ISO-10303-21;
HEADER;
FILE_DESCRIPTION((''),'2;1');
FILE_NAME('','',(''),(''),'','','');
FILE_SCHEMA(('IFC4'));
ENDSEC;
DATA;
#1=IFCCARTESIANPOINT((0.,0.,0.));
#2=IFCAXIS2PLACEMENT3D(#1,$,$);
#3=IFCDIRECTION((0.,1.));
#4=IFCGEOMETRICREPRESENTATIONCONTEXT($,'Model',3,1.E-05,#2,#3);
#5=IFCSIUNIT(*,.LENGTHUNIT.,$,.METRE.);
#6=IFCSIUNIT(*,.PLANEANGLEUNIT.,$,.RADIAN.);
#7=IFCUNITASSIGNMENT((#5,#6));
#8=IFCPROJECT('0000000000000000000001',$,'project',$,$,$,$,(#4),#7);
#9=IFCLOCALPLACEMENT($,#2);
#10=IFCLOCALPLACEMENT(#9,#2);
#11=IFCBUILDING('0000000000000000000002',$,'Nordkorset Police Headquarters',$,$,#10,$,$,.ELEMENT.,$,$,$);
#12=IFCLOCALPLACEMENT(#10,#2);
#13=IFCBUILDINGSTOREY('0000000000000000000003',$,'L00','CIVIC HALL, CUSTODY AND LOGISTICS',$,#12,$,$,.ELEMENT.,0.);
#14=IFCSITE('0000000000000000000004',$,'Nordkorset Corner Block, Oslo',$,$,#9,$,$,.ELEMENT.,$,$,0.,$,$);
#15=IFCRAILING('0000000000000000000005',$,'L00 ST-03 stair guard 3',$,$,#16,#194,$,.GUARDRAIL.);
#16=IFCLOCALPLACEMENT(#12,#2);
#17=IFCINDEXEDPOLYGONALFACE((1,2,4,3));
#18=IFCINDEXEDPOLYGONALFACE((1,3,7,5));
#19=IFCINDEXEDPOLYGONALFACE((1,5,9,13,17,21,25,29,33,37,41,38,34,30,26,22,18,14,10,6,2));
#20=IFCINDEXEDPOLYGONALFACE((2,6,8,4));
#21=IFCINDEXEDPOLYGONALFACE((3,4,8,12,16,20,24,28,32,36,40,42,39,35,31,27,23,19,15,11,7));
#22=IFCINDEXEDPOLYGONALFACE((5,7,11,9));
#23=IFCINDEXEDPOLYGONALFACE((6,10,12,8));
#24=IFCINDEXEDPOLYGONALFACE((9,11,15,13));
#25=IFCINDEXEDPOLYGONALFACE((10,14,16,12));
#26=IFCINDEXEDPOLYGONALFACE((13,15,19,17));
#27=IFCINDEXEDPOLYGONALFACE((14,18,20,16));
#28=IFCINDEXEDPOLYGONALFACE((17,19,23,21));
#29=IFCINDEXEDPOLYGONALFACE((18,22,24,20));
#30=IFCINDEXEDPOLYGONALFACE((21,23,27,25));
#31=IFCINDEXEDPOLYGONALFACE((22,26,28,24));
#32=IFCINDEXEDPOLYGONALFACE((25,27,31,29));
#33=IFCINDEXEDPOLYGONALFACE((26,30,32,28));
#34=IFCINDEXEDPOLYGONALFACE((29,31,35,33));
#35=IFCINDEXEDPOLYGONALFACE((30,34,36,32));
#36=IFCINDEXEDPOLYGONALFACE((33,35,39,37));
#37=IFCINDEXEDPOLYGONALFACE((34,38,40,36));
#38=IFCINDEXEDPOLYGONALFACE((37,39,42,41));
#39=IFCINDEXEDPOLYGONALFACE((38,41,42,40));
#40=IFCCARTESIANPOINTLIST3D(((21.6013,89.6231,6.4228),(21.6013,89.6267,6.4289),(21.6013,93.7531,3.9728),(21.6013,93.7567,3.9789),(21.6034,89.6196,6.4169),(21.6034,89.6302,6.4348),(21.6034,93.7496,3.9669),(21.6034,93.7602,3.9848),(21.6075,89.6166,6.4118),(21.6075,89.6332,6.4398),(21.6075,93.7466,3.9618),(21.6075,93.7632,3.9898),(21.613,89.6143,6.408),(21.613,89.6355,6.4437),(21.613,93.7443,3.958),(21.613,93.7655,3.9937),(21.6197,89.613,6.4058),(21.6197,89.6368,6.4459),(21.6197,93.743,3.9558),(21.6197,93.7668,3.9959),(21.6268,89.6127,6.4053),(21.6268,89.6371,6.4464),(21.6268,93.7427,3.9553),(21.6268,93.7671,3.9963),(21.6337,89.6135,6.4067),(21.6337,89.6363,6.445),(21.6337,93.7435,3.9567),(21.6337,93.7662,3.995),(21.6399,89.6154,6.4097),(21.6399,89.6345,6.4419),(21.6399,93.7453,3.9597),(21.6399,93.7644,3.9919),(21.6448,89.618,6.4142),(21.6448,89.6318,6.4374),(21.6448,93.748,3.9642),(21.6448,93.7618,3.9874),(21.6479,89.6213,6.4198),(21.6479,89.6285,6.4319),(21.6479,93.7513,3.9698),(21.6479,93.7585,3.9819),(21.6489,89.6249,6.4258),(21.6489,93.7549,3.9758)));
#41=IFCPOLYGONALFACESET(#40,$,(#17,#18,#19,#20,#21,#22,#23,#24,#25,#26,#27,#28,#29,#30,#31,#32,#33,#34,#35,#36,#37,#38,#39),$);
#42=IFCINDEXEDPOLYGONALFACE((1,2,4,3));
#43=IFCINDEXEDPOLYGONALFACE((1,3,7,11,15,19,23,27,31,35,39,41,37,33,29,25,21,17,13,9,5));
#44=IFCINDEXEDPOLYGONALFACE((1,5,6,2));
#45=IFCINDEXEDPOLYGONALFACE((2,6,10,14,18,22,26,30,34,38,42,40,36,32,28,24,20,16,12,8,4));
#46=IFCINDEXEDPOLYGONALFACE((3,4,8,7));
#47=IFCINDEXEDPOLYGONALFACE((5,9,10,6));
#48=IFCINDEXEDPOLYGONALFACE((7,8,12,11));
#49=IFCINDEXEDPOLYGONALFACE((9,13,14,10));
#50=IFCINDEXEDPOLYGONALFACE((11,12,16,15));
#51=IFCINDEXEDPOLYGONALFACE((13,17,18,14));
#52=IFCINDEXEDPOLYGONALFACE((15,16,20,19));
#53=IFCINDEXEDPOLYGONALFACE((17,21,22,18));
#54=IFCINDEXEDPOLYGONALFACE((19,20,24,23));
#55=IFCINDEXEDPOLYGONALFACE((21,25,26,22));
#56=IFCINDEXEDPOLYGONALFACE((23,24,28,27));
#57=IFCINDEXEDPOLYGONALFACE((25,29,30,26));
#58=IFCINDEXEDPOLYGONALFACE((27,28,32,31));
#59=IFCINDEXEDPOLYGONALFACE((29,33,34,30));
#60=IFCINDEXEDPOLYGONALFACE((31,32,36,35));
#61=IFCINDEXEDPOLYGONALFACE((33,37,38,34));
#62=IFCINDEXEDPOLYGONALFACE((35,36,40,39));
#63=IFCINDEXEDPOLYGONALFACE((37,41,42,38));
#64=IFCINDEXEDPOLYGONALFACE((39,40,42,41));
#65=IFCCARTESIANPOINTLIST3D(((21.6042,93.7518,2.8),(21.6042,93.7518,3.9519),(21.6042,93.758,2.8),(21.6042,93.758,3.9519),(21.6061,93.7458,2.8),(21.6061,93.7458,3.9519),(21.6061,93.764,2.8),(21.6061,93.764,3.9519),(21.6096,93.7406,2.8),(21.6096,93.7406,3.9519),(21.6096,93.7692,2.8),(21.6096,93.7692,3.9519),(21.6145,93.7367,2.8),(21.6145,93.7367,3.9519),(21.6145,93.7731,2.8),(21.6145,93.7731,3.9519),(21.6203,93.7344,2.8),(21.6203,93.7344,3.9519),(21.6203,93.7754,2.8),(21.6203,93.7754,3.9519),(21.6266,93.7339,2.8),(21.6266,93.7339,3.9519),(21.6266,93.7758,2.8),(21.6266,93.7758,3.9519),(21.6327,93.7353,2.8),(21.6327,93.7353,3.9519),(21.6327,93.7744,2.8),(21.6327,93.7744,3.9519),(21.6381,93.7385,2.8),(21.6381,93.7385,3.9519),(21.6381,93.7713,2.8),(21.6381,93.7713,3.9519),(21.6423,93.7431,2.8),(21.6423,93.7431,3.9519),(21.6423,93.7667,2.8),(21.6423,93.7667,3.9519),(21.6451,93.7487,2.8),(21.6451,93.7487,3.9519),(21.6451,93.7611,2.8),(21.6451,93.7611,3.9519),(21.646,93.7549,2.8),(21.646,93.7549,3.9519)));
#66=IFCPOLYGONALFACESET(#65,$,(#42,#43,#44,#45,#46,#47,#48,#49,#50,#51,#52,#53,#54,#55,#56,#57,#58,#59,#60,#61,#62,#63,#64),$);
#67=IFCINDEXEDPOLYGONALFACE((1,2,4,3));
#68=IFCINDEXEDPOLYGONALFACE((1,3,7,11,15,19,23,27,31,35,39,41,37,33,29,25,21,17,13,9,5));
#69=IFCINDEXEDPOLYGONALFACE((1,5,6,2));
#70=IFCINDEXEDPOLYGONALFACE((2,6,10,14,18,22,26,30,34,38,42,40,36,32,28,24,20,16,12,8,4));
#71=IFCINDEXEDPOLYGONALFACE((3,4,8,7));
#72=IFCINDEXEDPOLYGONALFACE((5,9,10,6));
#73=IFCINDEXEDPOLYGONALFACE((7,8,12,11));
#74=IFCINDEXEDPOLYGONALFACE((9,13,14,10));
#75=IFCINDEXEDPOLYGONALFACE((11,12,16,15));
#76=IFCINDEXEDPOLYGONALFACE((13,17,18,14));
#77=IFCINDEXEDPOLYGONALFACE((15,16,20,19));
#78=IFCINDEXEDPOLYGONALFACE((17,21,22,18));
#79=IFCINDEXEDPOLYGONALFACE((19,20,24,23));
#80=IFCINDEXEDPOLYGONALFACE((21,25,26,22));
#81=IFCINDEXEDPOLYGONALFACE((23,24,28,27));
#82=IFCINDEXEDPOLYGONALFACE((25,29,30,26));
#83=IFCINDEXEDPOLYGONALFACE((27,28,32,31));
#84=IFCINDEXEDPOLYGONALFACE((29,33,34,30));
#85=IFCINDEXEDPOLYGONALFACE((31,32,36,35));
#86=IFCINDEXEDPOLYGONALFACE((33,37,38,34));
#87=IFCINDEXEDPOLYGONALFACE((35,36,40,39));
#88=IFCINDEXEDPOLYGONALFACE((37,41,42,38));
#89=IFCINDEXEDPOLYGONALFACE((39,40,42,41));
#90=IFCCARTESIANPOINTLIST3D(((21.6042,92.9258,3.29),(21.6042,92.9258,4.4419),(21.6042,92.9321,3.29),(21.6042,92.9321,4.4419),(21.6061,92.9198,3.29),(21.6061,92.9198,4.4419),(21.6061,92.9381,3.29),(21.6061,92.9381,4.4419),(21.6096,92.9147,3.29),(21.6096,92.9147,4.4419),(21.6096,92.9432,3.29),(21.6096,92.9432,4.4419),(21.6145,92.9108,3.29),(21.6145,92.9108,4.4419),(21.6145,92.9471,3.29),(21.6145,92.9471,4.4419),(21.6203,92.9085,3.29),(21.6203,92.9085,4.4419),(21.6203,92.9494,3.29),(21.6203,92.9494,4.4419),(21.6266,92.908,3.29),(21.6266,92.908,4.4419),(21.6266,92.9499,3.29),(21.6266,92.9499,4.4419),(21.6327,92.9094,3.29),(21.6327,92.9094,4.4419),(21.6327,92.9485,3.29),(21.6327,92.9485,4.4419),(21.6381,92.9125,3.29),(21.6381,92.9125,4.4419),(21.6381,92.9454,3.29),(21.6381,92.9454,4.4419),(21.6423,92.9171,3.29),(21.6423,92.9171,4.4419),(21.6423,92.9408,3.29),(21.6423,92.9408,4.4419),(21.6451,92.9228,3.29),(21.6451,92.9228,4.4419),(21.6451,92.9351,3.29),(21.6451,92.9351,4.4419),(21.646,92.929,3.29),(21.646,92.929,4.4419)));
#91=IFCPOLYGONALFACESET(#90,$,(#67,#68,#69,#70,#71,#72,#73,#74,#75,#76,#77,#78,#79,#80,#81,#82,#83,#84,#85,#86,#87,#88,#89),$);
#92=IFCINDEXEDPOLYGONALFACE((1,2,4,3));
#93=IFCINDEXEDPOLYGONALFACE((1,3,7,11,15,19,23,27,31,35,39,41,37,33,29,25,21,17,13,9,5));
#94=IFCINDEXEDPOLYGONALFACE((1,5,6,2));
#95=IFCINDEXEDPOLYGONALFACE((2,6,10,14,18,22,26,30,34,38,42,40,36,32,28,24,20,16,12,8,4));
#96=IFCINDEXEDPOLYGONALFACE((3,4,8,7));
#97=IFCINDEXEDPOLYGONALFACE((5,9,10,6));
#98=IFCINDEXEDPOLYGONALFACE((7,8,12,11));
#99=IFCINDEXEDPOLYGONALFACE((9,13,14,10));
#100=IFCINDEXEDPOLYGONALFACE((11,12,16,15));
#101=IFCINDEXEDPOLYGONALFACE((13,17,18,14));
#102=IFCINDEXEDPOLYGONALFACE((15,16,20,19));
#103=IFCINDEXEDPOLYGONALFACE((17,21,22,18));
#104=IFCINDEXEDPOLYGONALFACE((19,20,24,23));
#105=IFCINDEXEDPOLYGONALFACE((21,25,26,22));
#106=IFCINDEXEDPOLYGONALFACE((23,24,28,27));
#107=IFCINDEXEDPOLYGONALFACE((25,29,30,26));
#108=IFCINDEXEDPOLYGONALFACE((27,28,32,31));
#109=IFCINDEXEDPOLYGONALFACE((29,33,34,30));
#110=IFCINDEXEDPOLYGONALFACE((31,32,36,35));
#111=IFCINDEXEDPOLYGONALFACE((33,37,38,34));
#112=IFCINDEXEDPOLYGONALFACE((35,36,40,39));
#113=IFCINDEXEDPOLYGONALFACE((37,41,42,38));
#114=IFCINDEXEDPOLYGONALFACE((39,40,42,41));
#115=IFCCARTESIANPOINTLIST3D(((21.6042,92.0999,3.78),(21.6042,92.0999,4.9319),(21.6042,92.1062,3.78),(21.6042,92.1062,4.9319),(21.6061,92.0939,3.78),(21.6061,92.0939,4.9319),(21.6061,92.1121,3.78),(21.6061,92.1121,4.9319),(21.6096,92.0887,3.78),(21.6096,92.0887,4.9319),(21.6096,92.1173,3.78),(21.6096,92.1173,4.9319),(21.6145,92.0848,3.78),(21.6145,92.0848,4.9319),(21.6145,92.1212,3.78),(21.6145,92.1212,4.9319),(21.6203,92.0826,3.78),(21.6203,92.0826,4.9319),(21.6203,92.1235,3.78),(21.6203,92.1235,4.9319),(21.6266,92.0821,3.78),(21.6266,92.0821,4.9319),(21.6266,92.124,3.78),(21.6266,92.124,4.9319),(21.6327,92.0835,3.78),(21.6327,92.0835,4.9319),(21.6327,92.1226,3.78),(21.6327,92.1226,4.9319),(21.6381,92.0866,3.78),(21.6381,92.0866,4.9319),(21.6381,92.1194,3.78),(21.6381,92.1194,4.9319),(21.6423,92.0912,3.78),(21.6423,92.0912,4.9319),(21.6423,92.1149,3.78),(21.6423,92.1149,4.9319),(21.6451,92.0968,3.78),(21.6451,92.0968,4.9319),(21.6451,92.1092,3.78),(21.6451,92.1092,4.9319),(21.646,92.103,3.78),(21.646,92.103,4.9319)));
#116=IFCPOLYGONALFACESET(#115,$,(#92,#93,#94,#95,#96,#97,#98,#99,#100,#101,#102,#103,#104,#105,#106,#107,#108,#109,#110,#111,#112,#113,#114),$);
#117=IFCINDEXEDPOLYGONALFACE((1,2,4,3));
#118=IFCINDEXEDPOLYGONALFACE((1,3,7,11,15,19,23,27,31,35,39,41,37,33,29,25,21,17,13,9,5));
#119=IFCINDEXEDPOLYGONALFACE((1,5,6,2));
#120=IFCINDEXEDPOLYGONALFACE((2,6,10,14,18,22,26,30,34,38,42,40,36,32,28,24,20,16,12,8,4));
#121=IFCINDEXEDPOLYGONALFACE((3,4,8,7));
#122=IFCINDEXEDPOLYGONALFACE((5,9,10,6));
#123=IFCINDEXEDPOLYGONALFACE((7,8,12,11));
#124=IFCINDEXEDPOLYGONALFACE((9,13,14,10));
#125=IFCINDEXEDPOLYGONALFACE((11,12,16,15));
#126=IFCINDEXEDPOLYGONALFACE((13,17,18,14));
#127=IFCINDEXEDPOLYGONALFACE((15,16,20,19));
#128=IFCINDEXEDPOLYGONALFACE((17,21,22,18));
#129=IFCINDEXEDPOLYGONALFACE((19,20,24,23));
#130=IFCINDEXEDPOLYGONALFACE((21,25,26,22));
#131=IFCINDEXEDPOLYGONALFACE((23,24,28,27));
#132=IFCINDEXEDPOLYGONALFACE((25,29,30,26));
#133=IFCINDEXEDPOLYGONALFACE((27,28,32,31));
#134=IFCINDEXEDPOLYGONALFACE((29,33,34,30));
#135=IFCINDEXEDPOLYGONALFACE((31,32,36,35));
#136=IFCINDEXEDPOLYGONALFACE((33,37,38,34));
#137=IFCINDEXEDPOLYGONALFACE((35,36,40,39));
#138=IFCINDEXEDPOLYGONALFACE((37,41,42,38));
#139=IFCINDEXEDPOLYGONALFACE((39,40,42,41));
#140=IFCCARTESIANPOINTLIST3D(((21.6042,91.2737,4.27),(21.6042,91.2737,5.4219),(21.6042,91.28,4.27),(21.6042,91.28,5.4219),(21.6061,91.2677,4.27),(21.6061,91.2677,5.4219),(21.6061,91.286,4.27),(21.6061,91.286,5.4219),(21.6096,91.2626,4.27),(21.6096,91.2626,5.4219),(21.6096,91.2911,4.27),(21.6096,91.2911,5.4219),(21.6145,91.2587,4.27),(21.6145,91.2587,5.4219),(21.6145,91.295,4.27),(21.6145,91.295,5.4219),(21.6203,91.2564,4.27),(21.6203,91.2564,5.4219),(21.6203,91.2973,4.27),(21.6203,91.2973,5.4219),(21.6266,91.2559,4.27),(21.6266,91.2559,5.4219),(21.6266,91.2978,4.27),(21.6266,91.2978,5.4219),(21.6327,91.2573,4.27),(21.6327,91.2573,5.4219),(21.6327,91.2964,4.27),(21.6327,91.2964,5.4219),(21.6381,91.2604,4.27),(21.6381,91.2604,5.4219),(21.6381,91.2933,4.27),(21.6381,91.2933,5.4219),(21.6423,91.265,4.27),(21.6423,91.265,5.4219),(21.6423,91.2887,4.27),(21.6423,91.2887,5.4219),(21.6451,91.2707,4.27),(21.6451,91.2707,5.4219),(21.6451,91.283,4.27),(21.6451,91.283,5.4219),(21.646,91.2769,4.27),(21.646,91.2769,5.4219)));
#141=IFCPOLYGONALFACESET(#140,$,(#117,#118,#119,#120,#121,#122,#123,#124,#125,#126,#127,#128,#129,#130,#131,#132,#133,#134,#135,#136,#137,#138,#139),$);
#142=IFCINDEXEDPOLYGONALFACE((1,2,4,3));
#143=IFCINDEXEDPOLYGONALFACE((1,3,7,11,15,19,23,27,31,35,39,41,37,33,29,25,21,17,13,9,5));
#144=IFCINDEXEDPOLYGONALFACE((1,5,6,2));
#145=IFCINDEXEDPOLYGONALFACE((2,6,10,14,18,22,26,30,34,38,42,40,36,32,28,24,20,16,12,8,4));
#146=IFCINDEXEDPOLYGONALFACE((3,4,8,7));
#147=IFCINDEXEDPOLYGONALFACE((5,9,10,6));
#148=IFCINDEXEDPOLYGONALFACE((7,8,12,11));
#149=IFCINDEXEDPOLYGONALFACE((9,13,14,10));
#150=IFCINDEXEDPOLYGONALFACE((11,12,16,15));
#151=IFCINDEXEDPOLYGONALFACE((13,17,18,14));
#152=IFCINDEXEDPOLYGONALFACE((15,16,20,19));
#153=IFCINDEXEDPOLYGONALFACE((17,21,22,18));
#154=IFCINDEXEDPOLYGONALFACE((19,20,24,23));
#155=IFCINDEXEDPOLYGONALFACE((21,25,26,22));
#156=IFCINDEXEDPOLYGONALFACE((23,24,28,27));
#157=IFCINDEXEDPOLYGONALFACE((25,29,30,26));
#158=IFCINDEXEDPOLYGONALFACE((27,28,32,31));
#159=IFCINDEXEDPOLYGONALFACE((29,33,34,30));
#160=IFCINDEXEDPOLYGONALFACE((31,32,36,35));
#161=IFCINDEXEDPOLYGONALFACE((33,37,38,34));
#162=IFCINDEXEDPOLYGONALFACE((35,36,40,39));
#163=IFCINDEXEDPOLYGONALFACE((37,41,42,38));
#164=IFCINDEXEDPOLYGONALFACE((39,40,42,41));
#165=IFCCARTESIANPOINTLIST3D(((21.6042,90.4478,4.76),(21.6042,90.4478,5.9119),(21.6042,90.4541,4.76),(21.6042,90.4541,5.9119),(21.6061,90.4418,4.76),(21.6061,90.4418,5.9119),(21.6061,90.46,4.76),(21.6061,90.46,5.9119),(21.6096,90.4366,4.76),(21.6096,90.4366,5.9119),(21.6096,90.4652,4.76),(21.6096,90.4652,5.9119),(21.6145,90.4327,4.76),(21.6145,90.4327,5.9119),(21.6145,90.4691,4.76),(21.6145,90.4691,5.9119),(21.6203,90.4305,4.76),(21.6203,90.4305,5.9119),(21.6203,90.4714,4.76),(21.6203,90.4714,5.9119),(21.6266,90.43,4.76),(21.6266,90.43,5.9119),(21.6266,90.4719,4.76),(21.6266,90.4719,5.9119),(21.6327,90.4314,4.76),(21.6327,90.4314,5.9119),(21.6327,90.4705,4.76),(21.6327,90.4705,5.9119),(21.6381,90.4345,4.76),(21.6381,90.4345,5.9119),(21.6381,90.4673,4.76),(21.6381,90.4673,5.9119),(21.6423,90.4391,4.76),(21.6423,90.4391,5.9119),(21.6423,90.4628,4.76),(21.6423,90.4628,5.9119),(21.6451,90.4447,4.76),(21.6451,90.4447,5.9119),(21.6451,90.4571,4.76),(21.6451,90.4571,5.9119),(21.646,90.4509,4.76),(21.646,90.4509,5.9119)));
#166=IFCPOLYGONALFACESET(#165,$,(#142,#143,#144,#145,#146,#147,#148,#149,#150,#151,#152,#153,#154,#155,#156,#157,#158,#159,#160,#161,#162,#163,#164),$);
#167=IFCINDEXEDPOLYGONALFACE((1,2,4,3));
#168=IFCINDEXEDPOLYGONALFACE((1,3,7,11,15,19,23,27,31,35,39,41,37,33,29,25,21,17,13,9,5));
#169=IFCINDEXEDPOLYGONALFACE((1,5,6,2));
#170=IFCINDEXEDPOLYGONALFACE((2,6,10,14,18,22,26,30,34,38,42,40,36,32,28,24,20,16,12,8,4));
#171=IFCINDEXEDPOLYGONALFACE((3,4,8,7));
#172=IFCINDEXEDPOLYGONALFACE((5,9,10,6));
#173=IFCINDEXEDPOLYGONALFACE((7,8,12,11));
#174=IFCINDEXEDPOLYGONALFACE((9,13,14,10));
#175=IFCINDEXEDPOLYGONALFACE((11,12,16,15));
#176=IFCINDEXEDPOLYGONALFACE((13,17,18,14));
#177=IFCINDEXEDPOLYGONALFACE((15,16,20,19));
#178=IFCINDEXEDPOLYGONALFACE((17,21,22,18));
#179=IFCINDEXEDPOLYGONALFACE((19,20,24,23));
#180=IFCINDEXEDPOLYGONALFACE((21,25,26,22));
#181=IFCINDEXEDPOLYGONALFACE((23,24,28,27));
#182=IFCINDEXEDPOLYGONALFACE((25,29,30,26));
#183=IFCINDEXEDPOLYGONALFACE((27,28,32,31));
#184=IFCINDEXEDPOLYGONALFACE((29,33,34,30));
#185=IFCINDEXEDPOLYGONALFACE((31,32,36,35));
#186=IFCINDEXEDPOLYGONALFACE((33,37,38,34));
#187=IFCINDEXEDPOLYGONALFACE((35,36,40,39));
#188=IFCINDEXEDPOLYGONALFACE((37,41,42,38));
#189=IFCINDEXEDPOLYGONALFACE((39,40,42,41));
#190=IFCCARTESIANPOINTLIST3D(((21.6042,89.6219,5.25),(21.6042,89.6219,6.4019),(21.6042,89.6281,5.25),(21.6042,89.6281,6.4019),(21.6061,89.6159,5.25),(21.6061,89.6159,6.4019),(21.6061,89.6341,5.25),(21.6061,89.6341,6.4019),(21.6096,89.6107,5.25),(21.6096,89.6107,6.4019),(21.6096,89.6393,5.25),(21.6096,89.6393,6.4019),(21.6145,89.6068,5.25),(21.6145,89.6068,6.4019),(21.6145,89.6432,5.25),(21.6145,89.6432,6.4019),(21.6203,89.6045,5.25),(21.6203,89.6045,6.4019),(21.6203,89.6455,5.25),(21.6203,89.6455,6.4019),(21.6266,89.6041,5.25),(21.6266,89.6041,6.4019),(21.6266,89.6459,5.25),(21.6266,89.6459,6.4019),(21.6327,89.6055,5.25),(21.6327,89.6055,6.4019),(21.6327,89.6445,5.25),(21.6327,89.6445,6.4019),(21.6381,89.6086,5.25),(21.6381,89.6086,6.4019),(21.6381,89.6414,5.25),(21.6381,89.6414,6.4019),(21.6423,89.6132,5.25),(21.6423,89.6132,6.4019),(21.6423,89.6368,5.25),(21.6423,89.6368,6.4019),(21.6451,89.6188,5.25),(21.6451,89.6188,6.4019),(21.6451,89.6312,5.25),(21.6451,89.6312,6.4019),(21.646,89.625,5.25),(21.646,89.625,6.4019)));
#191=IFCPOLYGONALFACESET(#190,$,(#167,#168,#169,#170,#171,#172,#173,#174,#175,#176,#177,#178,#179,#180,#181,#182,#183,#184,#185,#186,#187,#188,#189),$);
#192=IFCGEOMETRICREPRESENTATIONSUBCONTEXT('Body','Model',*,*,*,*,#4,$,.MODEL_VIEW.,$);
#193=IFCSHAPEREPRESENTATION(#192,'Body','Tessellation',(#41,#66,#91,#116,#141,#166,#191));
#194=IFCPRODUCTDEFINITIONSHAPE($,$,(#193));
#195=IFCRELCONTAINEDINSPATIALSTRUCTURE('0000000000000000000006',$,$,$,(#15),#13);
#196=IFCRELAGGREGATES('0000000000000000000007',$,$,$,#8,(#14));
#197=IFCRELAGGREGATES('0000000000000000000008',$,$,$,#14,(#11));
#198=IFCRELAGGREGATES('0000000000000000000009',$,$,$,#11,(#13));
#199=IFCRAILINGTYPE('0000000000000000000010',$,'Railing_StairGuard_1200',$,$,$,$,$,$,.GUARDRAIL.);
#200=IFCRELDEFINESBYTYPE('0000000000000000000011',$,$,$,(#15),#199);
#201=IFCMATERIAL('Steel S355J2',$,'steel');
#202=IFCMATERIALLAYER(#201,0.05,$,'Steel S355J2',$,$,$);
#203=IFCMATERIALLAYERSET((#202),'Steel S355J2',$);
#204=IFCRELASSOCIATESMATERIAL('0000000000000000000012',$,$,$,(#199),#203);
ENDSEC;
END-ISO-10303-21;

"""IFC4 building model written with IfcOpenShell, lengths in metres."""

from ifc_helpers import new_model, si_unit, direction, frame, origin, origin_2d, place, context, subcontext, project, spatial, circle, extrude, material, layer, layer_set, type_object, element, save


model = new_model("IFC4")

# Units and contexts
model_context = context("Model", 3, precision=1e-05, world=origin(), true_north=direction((0.0, 1.0)))
body_context = subcontext(model_context, "Body", "Model", "MODEL_VIEW")
ifc_project = project(units=[si_unit("LENGTHUNIT", "METRE"), si_unit("PLANEANGLEUNIT", "RADIAN")], contexts=[model_context])

# Site, building, storey
site_placement = place(None, origin())
site = spatial("IfcSite", under=ifc_project, at=site_placement, Name="Nordkorset Corner Block, Oslo", CompositionType="ELEMENT", RefElevation=0.0)
building_placement = place(site_placement, origin())
building = spatial("IfcBuilding", under=site, at=building_placement, Name="Nordkorset Police Headquarters", CompositionType="ELEMENT")
storey_placement = place(building_placement, origin())
storey = spatial("IfcBuildingStorey", under=building, at=storey_placement, Name="L00", Description="CIVIC HALL, CUSTODY AND LOGISTICS", CompositionType="ELEMENT", Elevation=0.0)

# Railing
ifc_material_1 = material(Name="Steel S355J2", Category="steel")
ifc_layer_1 = layer(ifc_material_1, 0.05, Name="Steel S355J2")
ifc_layer_set_1 = layer_set([ifc_layer_1], Name="Steel S355J2")
railing_type_1 = type_object("IfcRailingType", Name="Railing_StairGuard_1200", PredefinedType="GUARDRAIL", material=ifc_layer_set_1)
railing_1_placement = place(storey_placement, frame((21.625, 93.7549, 2.8)))
element("IfcRailing", 1, at=railing_1_placement, inside=storey, type_object=railing_type_1, Name="L00 ST-03 stair guard 3", PredefinedType="GUARDRAIL", context=body_context, shape_type="SweptSolid", body=[
    extrude(circle(Radius=0.0239, at=origin_2d()), frame((0.0, 0.0, 1.1758), z_axis=(0.0, -0.860053, 0.510205), x_axis=(1.0, 0.0, 0.0)), (0.0, 0.0, 1.0), 4.802),
    extrude(circle(Radius=0.021, at=origin_2d()), origin(), (0.0, 0.0, 1.0), 1.1519),
    extrude(circle(Radius=0.021, at=origin_2d()), frame((0.0, -0.8259, 0.49)), (0.0, 0.0, 1.0), 1.1519),
    extrude(circle(Radius=0.021, at=origin_2d()), frame((0.0, -1.6519, 0.98)), (0.0, 0.0, 1.0), 1.1519),
    extrude(circle(Radius=0.021, at=origin_2d()), frame((0.0, -2.478, 1.47)), (0.0, 0.0, 1.0), 1.1519),
    extrude(circle(Radius=0.021, at=origin_2d()), frame((0.0, -3.304, 1.96)), (0.0, 0.0, 1.0), 1.1519),
    extrude(circle(Radius=0.021, at=origin_2d()), frame((0.0, -4.1299, 2.45)), (0.0, 0.0, 1.0), 1.1519),
])

save(model, "model.ifc")
